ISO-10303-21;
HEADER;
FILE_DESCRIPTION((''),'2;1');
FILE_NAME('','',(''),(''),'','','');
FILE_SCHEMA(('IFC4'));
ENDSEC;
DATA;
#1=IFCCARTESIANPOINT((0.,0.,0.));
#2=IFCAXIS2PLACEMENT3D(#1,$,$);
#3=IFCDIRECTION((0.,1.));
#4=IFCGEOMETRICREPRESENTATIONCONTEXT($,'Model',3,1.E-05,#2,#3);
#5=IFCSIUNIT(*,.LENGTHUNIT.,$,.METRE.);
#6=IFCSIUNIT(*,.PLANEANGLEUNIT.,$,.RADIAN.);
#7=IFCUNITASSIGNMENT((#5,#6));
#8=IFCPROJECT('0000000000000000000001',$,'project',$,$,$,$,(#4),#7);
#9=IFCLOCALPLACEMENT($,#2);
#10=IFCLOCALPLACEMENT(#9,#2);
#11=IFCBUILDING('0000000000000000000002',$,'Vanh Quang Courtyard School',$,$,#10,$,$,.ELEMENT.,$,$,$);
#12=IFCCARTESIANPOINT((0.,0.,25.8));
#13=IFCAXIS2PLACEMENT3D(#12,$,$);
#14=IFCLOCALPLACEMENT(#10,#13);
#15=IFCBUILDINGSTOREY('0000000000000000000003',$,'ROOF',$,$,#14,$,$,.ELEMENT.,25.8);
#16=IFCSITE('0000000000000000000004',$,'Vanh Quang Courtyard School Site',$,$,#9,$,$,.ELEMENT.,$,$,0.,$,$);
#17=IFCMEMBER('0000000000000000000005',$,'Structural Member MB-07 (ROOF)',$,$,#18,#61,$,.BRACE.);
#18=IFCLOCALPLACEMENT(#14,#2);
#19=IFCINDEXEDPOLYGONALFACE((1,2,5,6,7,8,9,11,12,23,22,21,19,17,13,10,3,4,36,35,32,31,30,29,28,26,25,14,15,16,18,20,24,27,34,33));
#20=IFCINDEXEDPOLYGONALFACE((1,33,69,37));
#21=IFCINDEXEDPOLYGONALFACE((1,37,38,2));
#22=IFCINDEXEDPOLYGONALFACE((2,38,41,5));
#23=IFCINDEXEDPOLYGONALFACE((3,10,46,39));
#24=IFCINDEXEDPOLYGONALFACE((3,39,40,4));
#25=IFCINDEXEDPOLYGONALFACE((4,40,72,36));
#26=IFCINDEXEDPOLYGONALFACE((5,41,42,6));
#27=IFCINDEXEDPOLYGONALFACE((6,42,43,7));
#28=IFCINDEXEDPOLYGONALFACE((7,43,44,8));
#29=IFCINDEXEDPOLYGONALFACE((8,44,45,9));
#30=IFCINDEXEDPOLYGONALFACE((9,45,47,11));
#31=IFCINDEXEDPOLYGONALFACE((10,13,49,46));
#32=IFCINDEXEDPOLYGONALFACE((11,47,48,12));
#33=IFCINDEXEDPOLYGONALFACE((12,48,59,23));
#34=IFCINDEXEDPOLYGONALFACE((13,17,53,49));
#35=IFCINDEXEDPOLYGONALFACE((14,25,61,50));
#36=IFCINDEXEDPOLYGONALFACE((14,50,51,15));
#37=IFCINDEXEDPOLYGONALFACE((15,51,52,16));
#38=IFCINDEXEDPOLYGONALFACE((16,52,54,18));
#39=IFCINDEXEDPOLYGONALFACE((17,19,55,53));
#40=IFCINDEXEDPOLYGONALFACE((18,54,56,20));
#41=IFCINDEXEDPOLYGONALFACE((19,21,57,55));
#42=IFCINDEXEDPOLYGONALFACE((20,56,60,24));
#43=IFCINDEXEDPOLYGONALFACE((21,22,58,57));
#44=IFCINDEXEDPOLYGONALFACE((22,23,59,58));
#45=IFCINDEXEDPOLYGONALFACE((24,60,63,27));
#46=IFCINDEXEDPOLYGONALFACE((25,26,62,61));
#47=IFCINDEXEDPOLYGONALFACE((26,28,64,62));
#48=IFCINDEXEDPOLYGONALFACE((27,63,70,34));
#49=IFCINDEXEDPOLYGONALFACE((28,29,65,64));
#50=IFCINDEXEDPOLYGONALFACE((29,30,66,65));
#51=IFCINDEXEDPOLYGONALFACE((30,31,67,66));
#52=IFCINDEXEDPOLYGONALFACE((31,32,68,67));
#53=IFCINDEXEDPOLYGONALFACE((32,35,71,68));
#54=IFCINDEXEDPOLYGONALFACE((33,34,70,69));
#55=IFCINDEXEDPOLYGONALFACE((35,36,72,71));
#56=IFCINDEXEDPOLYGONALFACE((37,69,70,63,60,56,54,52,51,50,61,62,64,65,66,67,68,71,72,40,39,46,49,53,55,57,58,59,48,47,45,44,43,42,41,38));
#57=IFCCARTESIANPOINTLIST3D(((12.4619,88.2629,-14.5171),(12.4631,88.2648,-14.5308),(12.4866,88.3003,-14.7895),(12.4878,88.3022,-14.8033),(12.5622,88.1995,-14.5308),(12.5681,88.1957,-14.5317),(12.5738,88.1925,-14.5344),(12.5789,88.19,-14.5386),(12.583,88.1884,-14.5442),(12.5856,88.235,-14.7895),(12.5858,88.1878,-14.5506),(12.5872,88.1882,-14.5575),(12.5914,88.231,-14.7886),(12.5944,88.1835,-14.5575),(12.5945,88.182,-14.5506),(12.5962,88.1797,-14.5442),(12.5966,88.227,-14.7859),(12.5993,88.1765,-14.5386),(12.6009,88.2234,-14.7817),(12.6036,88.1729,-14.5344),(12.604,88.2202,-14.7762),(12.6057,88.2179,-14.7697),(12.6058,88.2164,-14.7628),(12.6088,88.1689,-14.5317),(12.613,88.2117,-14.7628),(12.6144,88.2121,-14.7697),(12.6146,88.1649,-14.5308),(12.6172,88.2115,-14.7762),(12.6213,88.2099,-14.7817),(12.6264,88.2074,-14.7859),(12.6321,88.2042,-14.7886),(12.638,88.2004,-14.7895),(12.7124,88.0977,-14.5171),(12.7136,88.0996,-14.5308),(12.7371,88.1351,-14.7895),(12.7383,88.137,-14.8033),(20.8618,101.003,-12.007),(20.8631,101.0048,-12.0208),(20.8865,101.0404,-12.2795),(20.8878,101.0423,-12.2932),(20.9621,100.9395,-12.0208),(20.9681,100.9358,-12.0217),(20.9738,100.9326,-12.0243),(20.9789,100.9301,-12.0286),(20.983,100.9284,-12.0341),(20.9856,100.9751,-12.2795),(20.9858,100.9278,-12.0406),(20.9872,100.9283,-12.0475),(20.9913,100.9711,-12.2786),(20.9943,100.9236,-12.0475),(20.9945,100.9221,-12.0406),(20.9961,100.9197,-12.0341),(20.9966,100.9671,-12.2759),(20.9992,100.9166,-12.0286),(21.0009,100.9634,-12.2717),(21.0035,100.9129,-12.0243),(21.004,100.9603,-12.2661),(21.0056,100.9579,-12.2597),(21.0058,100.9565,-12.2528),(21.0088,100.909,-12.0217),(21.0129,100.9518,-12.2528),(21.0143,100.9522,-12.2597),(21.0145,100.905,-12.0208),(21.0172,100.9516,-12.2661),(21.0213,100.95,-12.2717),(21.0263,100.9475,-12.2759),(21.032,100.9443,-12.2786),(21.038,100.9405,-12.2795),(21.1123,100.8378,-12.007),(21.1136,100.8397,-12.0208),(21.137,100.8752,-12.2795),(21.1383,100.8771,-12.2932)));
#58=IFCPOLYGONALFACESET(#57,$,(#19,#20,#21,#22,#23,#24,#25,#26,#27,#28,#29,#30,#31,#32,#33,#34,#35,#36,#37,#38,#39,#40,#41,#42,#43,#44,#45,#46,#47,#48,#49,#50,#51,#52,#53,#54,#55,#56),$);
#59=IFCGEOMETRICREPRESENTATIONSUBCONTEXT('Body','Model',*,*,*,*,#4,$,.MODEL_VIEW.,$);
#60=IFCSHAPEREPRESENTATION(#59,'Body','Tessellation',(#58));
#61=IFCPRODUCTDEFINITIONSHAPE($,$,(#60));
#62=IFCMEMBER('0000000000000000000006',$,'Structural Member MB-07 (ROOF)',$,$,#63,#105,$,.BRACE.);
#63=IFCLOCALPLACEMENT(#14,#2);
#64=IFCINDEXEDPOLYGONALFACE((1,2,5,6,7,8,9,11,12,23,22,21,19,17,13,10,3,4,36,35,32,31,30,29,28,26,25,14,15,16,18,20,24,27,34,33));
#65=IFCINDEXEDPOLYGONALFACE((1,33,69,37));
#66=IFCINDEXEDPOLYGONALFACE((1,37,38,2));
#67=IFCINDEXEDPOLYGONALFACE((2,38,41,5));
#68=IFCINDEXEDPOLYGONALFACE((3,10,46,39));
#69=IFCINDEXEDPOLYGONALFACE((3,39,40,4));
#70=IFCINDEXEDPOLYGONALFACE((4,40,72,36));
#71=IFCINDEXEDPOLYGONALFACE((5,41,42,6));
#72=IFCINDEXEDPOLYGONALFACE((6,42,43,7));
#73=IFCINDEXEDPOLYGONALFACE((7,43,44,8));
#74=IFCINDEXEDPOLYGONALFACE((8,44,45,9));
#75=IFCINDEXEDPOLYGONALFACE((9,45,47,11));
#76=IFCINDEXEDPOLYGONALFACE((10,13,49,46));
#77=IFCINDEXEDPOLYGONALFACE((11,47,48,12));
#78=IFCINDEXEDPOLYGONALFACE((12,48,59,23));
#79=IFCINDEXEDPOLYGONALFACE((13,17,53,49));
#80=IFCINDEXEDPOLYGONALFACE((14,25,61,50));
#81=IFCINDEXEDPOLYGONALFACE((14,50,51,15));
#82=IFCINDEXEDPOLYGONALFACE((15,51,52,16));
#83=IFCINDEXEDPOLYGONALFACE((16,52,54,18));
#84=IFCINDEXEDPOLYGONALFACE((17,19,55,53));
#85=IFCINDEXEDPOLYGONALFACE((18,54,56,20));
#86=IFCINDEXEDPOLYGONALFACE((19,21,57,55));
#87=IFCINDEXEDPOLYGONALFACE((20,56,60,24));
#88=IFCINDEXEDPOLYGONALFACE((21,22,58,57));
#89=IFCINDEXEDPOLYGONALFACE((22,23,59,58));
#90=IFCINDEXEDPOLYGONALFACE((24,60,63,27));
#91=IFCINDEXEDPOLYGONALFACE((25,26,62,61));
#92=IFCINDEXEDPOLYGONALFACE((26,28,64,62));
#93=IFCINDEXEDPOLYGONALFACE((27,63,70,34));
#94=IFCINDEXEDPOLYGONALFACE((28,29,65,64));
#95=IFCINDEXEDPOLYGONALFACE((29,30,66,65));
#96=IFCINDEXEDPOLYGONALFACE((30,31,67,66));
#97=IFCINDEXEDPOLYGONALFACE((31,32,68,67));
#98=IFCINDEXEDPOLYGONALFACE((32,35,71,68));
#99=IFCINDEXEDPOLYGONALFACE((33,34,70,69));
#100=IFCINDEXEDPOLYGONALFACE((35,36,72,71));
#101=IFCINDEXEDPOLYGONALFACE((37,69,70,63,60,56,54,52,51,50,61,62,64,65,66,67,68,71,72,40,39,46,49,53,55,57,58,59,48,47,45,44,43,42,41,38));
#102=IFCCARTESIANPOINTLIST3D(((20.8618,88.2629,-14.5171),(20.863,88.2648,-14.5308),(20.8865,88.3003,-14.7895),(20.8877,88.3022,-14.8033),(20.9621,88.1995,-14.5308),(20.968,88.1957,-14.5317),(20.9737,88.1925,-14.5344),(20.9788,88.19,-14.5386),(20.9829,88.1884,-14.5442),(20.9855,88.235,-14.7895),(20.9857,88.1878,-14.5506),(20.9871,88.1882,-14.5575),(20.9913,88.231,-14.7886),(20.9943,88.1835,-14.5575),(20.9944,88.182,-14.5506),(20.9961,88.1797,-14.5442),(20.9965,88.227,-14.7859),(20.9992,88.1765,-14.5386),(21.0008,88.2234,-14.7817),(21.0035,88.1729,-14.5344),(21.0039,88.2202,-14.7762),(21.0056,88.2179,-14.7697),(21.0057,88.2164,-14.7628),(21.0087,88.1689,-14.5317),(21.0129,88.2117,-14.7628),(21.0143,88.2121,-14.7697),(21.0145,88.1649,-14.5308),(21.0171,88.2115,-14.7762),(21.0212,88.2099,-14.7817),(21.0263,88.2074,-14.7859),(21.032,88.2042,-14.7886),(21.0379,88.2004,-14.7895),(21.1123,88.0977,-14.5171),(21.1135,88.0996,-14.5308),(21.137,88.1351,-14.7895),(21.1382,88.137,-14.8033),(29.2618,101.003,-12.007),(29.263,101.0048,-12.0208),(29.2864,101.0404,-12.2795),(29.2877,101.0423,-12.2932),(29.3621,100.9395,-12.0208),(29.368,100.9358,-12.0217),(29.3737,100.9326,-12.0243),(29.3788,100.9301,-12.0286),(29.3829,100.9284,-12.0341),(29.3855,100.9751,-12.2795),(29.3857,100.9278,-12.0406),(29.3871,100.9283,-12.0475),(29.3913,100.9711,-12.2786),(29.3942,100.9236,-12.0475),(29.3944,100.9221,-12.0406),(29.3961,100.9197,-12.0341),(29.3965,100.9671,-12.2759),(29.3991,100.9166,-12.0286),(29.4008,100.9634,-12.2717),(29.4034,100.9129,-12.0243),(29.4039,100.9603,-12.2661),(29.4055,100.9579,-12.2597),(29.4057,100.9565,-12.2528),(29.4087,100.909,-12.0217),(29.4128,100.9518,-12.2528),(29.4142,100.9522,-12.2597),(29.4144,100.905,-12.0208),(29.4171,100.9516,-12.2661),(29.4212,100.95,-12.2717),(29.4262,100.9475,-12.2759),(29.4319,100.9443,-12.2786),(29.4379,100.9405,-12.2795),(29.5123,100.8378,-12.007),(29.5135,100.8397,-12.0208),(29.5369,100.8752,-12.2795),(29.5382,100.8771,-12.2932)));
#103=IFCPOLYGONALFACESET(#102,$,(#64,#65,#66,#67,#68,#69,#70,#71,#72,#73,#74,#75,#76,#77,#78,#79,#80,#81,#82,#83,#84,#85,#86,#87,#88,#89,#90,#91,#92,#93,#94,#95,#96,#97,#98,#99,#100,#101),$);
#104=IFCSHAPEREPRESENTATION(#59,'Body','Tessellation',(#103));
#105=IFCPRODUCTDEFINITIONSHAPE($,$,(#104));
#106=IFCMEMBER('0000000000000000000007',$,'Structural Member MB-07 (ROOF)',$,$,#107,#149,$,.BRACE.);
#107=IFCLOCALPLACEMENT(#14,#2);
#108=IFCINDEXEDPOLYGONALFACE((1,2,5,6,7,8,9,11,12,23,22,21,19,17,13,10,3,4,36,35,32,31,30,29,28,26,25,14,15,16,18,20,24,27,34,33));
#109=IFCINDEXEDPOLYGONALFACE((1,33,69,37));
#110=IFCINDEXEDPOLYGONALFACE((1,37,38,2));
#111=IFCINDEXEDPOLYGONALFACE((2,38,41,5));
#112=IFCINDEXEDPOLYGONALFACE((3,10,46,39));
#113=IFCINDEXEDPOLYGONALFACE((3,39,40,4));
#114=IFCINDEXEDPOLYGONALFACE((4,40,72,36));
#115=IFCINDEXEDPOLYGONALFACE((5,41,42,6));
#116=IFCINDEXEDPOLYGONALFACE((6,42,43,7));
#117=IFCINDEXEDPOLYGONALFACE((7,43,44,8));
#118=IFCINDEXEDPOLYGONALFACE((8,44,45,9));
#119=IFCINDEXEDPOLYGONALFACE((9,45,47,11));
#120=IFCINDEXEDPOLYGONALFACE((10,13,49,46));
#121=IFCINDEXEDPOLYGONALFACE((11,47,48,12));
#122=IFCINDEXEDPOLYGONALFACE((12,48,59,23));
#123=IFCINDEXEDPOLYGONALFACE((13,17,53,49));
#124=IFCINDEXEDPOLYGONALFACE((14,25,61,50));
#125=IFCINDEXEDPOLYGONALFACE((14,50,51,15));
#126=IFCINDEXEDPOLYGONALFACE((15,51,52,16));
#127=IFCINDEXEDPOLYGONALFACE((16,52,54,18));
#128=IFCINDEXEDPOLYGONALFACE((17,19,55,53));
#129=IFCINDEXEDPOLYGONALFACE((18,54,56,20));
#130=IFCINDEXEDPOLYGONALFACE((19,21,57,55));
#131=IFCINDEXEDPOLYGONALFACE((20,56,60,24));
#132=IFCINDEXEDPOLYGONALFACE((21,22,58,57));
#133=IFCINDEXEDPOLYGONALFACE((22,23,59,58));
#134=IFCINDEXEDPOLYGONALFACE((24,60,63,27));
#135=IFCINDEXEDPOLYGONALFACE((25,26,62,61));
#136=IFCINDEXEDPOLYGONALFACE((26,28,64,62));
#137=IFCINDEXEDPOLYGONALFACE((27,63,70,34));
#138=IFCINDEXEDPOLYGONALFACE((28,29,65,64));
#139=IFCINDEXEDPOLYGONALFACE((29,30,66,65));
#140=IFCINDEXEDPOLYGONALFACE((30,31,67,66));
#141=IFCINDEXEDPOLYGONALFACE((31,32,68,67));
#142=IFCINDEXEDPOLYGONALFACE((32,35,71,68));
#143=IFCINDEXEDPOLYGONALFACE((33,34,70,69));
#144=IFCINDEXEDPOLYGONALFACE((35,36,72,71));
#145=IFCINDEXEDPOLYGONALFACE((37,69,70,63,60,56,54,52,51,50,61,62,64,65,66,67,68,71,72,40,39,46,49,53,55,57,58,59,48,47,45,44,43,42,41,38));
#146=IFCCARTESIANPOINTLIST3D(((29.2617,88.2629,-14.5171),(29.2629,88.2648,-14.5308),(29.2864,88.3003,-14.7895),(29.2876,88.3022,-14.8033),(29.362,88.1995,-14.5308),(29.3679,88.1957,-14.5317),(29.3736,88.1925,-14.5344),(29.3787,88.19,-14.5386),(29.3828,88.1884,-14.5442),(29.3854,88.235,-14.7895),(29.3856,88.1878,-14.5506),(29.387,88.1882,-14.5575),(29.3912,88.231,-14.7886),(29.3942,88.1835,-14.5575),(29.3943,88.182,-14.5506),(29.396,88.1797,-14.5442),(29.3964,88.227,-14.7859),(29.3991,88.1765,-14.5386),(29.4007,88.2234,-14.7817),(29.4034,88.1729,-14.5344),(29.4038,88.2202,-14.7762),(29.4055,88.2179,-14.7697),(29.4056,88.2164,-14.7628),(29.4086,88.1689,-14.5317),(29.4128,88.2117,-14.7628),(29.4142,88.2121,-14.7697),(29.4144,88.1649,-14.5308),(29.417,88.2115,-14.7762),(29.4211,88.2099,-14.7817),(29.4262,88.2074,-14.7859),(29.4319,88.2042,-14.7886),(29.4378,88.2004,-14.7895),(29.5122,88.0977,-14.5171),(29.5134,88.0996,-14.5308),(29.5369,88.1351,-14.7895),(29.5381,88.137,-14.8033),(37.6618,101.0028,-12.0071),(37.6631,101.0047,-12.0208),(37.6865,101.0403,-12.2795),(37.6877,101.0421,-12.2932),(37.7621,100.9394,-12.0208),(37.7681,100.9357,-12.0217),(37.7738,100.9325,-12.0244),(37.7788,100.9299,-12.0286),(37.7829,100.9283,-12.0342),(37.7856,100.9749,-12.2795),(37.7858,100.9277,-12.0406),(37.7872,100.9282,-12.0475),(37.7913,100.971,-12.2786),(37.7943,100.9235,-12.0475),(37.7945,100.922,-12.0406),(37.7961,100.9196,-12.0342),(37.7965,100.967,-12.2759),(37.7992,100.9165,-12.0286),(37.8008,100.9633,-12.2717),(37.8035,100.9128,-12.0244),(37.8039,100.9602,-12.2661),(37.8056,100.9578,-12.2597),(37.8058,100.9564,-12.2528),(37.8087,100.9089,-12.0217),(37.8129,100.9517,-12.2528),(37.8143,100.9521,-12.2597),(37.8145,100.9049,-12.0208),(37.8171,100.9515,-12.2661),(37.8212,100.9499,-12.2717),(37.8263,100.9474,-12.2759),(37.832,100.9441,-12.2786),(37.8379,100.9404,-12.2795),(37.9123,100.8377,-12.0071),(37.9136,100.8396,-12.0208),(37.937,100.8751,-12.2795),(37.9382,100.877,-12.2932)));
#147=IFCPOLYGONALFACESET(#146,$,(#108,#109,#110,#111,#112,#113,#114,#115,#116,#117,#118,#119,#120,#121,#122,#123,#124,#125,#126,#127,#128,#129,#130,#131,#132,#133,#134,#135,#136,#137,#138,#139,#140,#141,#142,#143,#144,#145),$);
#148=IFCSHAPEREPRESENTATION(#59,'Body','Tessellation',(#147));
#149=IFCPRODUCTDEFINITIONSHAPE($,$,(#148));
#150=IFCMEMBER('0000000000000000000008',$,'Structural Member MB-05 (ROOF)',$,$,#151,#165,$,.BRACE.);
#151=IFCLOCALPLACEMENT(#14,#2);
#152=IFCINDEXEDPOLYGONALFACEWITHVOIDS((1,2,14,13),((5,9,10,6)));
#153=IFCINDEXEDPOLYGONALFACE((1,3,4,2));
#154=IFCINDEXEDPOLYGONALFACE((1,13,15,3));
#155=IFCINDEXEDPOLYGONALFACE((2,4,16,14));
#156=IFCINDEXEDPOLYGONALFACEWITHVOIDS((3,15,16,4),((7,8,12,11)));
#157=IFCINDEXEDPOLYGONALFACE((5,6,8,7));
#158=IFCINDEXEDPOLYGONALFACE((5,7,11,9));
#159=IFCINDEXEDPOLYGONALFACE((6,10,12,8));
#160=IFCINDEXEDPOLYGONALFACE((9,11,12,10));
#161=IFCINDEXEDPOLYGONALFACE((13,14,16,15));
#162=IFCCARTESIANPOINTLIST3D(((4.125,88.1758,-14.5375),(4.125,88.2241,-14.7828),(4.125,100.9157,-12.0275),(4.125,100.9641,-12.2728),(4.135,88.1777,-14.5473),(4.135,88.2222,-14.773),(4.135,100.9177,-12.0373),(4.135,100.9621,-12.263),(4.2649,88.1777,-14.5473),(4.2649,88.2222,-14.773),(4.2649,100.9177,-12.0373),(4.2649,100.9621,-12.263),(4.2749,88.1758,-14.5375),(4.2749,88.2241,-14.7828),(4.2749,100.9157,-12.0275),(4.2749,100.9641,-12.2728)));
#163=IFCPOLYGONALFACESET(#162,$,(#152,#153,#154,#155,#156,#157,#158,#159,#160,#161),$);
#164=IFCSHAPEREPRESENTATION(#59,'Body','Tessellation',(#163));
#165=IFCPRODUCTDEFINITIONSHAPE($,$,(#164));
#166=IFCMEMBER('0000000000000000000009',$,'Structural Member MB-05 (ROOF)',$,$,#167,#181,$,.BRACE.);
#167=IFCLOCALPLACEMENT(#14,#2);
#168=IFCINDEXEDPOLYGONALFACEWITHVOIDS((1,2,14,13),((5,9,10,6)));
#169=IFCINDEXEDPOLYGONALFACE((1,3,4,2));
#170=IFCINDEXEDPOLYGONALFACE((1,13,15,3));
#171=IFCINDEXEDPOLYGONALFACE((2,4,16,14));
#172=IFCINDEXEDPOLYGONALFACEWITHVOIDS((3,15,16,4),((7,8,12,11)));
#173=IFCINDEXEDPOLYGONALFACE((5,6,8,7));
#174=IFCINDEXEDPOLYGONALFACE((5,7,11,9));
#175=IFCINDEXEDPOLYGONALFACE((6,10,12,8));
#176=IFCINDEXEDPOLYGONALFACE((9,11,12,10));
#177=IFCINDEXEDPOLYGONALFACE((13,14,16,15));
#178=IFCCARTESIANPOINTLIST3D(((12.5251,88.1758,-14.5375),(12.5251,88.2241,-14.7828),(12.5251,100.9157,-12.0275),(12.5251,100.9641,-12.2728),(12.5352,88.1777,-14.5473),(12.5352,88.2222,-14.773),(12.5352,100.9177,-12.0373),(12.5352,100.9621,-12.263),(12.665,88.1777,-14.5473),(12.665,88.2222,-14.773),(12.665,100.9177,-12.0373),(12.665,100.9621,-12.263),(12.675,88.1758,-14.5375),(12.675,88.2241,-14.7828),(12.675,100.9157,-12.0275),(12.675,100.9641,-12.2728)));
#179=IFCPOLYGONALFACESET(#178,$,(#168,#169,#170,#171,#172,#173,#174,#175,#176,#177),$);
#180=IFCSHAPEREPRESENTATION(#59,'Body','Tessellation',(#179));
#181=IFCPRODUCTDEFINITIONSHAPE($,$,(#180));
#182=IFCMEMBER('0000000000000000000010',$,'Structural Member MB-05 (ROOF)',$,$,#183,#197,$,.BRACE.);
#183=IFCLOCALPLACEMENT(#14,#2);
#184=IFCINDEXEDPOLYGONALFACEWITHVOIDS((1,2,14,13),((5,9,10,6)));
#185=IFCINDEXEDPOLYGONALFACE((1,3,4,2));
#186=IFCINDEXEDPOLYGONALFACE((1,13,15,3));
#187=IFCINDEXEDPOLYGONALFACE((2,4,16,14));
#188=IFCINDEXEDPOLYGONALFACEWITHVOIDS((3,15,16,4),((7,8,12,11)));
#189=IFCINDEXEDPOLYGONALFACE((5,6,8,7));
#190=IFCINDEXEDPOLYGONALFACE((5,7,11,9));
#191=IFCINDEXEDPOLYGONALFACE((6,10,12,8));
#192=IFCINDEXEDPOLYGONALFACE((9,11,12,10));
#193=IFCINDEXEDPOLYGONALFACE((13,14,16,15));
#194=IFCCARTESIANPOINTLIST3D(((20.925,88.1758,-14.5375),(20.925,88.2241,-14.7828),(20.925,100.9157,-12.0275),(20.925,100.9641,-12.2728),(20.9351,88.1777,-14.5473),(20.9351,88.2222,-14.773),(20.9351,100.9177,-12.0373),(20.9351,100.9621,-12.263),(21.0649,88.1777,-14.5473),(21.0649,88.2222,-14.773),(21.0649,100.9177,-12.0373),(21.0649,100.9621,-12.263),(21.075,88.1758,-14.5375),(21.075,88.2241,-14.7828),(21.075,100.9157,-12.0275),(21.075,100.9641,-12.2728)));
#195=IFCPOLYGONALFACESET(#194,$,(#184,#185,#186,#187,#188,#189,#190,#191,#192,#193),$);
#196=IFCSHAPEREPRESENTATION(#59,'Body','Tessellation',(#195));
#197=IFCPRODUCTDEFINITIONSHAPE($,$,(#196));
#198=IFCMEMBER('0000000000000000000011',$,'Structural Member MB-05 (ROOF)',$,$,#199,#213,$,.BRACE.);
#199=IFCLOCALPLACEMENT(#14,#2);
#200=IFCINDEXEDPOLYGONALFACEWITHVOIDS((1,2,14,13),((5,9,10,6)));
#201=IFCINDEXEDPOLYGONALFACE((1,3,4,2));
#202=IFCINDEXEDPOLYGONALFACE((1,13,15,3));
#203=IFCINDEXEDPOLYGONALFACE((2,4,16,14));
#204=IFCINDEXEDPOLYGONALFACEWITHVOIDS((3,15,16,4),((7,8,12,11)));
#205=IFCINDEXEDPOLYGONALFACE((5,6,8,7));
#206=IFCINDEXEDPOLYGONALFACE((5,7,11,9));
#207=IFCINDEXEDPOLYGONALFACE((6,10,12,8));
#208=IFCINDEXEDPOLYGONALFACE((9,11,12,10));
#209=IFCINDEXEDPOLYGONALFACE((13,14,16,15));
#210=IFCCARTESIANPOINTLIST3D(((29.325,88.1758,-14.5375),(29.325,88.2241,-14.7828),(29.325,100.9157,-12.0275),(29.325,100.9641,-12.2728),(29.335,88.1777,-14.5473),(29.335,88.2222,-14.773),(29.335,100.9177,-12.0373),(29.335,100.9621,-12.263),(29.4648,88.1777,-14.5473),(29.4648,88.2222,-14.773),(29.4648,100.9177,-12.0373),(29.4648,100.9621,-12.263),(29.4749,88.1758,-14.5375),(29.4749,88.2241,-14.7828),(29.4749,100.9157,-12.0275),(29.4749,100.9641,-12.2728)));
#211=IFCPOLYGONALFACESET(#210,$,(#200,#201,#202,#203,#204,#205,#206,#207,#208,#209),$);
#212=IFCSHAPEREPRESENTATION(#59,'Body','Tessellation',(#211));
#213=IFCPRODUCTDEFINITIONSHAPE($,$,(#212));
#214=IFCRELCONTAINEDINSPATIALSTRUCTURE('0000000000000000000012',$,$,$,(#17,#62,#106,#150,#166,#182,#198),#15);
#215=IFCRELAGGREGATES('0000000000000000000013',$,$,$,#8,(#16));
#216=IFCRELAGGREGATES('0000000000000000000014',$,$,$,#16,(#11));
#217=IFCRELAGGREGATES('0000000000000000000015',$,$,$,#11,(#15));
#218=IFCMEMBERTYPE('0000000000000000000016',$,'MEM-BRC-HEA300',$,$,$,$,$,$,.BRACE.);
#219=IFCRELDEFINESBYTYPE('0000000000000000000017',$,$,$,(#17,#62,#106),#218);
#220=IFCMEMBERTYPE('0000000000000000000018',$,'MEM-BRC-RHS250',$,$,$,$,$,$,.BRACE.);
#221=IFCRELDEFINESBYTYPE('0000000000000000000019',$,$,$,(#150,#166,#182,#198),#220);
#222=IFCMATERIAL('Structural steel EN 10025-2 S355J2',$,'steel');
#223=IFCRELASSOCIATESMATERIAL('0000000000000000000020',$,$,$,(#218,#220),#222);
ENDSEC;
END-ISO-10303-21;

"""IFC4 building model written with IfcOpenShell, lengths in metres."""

from ifc_helpers import new_model, si_unit, direction, frame, origin, origin_2d, place, context, subcontext, project, spatial, hollow_rectangle, i_section, extrude, material, material_profile, profile_set, type_object, element, save


model = new_model("IFC4")

# Units and contexts
model_context = context("Model", 3, precision=1e-05, world=origin(), true_north=direction((0.0, 1.0)))
body_context = subcontext(model_context, "Body", "Model", "MODEL_VIEW")
ifc_project = project(units=[si_unit("LENGTHUNIT", "METRE"), si_unit("PLANEANGLEUNIT", "RADIAN")], contexts=[model_context])

# Site, building, storey
site_placement = place(None, origin())
site = spatial("IfcSite", under=ifc_project, at=site_placement, Name="Vanh Quang Courtyard School Site", CompositionType="ELEMENT", RefElevation=0.0)
building_placement = place(site_placement, origin())
building = spatial("IfcBuilding", under=site, at=building_placement, Name="Vanh Quang Courtyard School", CompositionType="ELEMENT")
storey_placement = place(building_placement, frame((0.0, 0.0, 25.8)))
storey = spatial("IfcBuildingStorey", under=building, at=storey_placement, Name="ROOF", CompositionType="ELEMENT", Elevation=25.8)

# Members
ifc_material_1 = material(Name="Structural steel EN 10025-2 S355J2", Category="steel")
ifc_material_profile_1 = material_profile(ifc_material_1, i_section(OverallWidth=0.3, OverallDepth=0.29, WebThickness=0.0085, FlangeThickness=0.0139, FilletRadius=0.0271, at=origin_2d()), Name="HEA 300")
ifc_profile_set_1 = profile_set([ifc_material_profile_1], Name="Structural steel EN 10025-2 S355J2")
member_type_1 = type_object("IfcMemberType", Name="MEM-BRC-HEA300", PredefinedType="BRACE", material=ifc_profile_set_1)
for number, where, z_axis, x_axis, name in (
    (1, (12.6001, 88.2, -14.6602), (0.543156, 0.823796, 0.162303), (-0.834865, 0.550455, 0.0), "Structural Member MB-07 (ROOF)"),
    (2, (21.0, 88.2, -14.6602), (0.543156, 0.823796, 0.162303), (-0.834865, 0.550455, 0.0), "Structural Member MB-07 (ROOF)"),
    (3, (29.3999, 88.2, -14.6602), (0.543167, 0.823789, 0.162301), (-0.834858, 0.550466, 0.0), "Structural Member MB-07 (ROOF)"),
):
    element("IfcMember", number, at=place(storey_placement, frame(where, z_axis=z_axis, x_axis=x_axis)), inside=storey, type_object=member_type_1, Name=name, PredefinedType="BRACE", context=body_context, shape_type="SweptSolid", body=[
        extrude(i_section(OverallWidth=0.3, OverallDepth=0.29, WebThickness=0.0085, FlangeThickness=0.0139, FilletRadius=0.0271, at=origin_2d()), origin(), (0.0, 0.0, 1.0), 15.4651),
    ])
ifc_material_profile_2 = material_profile(ifc_material_1, hollow_rectangle(XDim=0.1499, YDim=0.25, WallThickness=0.01, at=origin_2d()), Name="RHS 250x150x10")
ifc_profile_set_2 = profile_set([ifc_material_profile_2], Name="Structural steel EN 10025-2 S355J2")
member_type_2 = type_object("IfcMemberType", Name="MEM-BRC-RHS250", PredefinedType="BRACE", material=ifc_profile_set_2)
for number, where, z_axis, x_axis, name in (
    (4, (4.2, 88.2, -14.6602), (0.0, 0.981139, 0.193302), (-1.0, 0.0, 0.0), "Structural Member MB-05 (ROOF)"),
    (5, (12.6001, 88.2, -14.6602), (0.0, 0.981139, 0.193302), (-1.0, 0.0, 0.0), "Structural Member MB-05 (ROOF)"),
    (6, (21.0, 88.2, -14.6602), (0.0, 0.981139, 0.193302), (-1.0, 0.0, 0.0), "Structural Member MB-05 (ROOF)"),
    (7, (29.3999, 88.2, -14.6602), (0.0, 0.981139, 0.193302), (-1.0, 0.0, 0.0), "Structural Member MB-05 (ROOF)"),
):
    element("IfcMember", number, at=place(storey_placement, frame(where, z_axis=z_axis, x_axis=x_axis)), inside=storey, type_object=member_type_2, Name=name, PredefinedType="BRACE", context=body_context, shape_type="SweptSolid", body=[
        extrude(hollow_rectangle(XDim=0.1499, YDim=0.25, WallThickness=0.01, at=origin_2d()), origin(), (0.0, 0.0, 1.0), 12.9849),
    ])

save(model, "model.ifc")
